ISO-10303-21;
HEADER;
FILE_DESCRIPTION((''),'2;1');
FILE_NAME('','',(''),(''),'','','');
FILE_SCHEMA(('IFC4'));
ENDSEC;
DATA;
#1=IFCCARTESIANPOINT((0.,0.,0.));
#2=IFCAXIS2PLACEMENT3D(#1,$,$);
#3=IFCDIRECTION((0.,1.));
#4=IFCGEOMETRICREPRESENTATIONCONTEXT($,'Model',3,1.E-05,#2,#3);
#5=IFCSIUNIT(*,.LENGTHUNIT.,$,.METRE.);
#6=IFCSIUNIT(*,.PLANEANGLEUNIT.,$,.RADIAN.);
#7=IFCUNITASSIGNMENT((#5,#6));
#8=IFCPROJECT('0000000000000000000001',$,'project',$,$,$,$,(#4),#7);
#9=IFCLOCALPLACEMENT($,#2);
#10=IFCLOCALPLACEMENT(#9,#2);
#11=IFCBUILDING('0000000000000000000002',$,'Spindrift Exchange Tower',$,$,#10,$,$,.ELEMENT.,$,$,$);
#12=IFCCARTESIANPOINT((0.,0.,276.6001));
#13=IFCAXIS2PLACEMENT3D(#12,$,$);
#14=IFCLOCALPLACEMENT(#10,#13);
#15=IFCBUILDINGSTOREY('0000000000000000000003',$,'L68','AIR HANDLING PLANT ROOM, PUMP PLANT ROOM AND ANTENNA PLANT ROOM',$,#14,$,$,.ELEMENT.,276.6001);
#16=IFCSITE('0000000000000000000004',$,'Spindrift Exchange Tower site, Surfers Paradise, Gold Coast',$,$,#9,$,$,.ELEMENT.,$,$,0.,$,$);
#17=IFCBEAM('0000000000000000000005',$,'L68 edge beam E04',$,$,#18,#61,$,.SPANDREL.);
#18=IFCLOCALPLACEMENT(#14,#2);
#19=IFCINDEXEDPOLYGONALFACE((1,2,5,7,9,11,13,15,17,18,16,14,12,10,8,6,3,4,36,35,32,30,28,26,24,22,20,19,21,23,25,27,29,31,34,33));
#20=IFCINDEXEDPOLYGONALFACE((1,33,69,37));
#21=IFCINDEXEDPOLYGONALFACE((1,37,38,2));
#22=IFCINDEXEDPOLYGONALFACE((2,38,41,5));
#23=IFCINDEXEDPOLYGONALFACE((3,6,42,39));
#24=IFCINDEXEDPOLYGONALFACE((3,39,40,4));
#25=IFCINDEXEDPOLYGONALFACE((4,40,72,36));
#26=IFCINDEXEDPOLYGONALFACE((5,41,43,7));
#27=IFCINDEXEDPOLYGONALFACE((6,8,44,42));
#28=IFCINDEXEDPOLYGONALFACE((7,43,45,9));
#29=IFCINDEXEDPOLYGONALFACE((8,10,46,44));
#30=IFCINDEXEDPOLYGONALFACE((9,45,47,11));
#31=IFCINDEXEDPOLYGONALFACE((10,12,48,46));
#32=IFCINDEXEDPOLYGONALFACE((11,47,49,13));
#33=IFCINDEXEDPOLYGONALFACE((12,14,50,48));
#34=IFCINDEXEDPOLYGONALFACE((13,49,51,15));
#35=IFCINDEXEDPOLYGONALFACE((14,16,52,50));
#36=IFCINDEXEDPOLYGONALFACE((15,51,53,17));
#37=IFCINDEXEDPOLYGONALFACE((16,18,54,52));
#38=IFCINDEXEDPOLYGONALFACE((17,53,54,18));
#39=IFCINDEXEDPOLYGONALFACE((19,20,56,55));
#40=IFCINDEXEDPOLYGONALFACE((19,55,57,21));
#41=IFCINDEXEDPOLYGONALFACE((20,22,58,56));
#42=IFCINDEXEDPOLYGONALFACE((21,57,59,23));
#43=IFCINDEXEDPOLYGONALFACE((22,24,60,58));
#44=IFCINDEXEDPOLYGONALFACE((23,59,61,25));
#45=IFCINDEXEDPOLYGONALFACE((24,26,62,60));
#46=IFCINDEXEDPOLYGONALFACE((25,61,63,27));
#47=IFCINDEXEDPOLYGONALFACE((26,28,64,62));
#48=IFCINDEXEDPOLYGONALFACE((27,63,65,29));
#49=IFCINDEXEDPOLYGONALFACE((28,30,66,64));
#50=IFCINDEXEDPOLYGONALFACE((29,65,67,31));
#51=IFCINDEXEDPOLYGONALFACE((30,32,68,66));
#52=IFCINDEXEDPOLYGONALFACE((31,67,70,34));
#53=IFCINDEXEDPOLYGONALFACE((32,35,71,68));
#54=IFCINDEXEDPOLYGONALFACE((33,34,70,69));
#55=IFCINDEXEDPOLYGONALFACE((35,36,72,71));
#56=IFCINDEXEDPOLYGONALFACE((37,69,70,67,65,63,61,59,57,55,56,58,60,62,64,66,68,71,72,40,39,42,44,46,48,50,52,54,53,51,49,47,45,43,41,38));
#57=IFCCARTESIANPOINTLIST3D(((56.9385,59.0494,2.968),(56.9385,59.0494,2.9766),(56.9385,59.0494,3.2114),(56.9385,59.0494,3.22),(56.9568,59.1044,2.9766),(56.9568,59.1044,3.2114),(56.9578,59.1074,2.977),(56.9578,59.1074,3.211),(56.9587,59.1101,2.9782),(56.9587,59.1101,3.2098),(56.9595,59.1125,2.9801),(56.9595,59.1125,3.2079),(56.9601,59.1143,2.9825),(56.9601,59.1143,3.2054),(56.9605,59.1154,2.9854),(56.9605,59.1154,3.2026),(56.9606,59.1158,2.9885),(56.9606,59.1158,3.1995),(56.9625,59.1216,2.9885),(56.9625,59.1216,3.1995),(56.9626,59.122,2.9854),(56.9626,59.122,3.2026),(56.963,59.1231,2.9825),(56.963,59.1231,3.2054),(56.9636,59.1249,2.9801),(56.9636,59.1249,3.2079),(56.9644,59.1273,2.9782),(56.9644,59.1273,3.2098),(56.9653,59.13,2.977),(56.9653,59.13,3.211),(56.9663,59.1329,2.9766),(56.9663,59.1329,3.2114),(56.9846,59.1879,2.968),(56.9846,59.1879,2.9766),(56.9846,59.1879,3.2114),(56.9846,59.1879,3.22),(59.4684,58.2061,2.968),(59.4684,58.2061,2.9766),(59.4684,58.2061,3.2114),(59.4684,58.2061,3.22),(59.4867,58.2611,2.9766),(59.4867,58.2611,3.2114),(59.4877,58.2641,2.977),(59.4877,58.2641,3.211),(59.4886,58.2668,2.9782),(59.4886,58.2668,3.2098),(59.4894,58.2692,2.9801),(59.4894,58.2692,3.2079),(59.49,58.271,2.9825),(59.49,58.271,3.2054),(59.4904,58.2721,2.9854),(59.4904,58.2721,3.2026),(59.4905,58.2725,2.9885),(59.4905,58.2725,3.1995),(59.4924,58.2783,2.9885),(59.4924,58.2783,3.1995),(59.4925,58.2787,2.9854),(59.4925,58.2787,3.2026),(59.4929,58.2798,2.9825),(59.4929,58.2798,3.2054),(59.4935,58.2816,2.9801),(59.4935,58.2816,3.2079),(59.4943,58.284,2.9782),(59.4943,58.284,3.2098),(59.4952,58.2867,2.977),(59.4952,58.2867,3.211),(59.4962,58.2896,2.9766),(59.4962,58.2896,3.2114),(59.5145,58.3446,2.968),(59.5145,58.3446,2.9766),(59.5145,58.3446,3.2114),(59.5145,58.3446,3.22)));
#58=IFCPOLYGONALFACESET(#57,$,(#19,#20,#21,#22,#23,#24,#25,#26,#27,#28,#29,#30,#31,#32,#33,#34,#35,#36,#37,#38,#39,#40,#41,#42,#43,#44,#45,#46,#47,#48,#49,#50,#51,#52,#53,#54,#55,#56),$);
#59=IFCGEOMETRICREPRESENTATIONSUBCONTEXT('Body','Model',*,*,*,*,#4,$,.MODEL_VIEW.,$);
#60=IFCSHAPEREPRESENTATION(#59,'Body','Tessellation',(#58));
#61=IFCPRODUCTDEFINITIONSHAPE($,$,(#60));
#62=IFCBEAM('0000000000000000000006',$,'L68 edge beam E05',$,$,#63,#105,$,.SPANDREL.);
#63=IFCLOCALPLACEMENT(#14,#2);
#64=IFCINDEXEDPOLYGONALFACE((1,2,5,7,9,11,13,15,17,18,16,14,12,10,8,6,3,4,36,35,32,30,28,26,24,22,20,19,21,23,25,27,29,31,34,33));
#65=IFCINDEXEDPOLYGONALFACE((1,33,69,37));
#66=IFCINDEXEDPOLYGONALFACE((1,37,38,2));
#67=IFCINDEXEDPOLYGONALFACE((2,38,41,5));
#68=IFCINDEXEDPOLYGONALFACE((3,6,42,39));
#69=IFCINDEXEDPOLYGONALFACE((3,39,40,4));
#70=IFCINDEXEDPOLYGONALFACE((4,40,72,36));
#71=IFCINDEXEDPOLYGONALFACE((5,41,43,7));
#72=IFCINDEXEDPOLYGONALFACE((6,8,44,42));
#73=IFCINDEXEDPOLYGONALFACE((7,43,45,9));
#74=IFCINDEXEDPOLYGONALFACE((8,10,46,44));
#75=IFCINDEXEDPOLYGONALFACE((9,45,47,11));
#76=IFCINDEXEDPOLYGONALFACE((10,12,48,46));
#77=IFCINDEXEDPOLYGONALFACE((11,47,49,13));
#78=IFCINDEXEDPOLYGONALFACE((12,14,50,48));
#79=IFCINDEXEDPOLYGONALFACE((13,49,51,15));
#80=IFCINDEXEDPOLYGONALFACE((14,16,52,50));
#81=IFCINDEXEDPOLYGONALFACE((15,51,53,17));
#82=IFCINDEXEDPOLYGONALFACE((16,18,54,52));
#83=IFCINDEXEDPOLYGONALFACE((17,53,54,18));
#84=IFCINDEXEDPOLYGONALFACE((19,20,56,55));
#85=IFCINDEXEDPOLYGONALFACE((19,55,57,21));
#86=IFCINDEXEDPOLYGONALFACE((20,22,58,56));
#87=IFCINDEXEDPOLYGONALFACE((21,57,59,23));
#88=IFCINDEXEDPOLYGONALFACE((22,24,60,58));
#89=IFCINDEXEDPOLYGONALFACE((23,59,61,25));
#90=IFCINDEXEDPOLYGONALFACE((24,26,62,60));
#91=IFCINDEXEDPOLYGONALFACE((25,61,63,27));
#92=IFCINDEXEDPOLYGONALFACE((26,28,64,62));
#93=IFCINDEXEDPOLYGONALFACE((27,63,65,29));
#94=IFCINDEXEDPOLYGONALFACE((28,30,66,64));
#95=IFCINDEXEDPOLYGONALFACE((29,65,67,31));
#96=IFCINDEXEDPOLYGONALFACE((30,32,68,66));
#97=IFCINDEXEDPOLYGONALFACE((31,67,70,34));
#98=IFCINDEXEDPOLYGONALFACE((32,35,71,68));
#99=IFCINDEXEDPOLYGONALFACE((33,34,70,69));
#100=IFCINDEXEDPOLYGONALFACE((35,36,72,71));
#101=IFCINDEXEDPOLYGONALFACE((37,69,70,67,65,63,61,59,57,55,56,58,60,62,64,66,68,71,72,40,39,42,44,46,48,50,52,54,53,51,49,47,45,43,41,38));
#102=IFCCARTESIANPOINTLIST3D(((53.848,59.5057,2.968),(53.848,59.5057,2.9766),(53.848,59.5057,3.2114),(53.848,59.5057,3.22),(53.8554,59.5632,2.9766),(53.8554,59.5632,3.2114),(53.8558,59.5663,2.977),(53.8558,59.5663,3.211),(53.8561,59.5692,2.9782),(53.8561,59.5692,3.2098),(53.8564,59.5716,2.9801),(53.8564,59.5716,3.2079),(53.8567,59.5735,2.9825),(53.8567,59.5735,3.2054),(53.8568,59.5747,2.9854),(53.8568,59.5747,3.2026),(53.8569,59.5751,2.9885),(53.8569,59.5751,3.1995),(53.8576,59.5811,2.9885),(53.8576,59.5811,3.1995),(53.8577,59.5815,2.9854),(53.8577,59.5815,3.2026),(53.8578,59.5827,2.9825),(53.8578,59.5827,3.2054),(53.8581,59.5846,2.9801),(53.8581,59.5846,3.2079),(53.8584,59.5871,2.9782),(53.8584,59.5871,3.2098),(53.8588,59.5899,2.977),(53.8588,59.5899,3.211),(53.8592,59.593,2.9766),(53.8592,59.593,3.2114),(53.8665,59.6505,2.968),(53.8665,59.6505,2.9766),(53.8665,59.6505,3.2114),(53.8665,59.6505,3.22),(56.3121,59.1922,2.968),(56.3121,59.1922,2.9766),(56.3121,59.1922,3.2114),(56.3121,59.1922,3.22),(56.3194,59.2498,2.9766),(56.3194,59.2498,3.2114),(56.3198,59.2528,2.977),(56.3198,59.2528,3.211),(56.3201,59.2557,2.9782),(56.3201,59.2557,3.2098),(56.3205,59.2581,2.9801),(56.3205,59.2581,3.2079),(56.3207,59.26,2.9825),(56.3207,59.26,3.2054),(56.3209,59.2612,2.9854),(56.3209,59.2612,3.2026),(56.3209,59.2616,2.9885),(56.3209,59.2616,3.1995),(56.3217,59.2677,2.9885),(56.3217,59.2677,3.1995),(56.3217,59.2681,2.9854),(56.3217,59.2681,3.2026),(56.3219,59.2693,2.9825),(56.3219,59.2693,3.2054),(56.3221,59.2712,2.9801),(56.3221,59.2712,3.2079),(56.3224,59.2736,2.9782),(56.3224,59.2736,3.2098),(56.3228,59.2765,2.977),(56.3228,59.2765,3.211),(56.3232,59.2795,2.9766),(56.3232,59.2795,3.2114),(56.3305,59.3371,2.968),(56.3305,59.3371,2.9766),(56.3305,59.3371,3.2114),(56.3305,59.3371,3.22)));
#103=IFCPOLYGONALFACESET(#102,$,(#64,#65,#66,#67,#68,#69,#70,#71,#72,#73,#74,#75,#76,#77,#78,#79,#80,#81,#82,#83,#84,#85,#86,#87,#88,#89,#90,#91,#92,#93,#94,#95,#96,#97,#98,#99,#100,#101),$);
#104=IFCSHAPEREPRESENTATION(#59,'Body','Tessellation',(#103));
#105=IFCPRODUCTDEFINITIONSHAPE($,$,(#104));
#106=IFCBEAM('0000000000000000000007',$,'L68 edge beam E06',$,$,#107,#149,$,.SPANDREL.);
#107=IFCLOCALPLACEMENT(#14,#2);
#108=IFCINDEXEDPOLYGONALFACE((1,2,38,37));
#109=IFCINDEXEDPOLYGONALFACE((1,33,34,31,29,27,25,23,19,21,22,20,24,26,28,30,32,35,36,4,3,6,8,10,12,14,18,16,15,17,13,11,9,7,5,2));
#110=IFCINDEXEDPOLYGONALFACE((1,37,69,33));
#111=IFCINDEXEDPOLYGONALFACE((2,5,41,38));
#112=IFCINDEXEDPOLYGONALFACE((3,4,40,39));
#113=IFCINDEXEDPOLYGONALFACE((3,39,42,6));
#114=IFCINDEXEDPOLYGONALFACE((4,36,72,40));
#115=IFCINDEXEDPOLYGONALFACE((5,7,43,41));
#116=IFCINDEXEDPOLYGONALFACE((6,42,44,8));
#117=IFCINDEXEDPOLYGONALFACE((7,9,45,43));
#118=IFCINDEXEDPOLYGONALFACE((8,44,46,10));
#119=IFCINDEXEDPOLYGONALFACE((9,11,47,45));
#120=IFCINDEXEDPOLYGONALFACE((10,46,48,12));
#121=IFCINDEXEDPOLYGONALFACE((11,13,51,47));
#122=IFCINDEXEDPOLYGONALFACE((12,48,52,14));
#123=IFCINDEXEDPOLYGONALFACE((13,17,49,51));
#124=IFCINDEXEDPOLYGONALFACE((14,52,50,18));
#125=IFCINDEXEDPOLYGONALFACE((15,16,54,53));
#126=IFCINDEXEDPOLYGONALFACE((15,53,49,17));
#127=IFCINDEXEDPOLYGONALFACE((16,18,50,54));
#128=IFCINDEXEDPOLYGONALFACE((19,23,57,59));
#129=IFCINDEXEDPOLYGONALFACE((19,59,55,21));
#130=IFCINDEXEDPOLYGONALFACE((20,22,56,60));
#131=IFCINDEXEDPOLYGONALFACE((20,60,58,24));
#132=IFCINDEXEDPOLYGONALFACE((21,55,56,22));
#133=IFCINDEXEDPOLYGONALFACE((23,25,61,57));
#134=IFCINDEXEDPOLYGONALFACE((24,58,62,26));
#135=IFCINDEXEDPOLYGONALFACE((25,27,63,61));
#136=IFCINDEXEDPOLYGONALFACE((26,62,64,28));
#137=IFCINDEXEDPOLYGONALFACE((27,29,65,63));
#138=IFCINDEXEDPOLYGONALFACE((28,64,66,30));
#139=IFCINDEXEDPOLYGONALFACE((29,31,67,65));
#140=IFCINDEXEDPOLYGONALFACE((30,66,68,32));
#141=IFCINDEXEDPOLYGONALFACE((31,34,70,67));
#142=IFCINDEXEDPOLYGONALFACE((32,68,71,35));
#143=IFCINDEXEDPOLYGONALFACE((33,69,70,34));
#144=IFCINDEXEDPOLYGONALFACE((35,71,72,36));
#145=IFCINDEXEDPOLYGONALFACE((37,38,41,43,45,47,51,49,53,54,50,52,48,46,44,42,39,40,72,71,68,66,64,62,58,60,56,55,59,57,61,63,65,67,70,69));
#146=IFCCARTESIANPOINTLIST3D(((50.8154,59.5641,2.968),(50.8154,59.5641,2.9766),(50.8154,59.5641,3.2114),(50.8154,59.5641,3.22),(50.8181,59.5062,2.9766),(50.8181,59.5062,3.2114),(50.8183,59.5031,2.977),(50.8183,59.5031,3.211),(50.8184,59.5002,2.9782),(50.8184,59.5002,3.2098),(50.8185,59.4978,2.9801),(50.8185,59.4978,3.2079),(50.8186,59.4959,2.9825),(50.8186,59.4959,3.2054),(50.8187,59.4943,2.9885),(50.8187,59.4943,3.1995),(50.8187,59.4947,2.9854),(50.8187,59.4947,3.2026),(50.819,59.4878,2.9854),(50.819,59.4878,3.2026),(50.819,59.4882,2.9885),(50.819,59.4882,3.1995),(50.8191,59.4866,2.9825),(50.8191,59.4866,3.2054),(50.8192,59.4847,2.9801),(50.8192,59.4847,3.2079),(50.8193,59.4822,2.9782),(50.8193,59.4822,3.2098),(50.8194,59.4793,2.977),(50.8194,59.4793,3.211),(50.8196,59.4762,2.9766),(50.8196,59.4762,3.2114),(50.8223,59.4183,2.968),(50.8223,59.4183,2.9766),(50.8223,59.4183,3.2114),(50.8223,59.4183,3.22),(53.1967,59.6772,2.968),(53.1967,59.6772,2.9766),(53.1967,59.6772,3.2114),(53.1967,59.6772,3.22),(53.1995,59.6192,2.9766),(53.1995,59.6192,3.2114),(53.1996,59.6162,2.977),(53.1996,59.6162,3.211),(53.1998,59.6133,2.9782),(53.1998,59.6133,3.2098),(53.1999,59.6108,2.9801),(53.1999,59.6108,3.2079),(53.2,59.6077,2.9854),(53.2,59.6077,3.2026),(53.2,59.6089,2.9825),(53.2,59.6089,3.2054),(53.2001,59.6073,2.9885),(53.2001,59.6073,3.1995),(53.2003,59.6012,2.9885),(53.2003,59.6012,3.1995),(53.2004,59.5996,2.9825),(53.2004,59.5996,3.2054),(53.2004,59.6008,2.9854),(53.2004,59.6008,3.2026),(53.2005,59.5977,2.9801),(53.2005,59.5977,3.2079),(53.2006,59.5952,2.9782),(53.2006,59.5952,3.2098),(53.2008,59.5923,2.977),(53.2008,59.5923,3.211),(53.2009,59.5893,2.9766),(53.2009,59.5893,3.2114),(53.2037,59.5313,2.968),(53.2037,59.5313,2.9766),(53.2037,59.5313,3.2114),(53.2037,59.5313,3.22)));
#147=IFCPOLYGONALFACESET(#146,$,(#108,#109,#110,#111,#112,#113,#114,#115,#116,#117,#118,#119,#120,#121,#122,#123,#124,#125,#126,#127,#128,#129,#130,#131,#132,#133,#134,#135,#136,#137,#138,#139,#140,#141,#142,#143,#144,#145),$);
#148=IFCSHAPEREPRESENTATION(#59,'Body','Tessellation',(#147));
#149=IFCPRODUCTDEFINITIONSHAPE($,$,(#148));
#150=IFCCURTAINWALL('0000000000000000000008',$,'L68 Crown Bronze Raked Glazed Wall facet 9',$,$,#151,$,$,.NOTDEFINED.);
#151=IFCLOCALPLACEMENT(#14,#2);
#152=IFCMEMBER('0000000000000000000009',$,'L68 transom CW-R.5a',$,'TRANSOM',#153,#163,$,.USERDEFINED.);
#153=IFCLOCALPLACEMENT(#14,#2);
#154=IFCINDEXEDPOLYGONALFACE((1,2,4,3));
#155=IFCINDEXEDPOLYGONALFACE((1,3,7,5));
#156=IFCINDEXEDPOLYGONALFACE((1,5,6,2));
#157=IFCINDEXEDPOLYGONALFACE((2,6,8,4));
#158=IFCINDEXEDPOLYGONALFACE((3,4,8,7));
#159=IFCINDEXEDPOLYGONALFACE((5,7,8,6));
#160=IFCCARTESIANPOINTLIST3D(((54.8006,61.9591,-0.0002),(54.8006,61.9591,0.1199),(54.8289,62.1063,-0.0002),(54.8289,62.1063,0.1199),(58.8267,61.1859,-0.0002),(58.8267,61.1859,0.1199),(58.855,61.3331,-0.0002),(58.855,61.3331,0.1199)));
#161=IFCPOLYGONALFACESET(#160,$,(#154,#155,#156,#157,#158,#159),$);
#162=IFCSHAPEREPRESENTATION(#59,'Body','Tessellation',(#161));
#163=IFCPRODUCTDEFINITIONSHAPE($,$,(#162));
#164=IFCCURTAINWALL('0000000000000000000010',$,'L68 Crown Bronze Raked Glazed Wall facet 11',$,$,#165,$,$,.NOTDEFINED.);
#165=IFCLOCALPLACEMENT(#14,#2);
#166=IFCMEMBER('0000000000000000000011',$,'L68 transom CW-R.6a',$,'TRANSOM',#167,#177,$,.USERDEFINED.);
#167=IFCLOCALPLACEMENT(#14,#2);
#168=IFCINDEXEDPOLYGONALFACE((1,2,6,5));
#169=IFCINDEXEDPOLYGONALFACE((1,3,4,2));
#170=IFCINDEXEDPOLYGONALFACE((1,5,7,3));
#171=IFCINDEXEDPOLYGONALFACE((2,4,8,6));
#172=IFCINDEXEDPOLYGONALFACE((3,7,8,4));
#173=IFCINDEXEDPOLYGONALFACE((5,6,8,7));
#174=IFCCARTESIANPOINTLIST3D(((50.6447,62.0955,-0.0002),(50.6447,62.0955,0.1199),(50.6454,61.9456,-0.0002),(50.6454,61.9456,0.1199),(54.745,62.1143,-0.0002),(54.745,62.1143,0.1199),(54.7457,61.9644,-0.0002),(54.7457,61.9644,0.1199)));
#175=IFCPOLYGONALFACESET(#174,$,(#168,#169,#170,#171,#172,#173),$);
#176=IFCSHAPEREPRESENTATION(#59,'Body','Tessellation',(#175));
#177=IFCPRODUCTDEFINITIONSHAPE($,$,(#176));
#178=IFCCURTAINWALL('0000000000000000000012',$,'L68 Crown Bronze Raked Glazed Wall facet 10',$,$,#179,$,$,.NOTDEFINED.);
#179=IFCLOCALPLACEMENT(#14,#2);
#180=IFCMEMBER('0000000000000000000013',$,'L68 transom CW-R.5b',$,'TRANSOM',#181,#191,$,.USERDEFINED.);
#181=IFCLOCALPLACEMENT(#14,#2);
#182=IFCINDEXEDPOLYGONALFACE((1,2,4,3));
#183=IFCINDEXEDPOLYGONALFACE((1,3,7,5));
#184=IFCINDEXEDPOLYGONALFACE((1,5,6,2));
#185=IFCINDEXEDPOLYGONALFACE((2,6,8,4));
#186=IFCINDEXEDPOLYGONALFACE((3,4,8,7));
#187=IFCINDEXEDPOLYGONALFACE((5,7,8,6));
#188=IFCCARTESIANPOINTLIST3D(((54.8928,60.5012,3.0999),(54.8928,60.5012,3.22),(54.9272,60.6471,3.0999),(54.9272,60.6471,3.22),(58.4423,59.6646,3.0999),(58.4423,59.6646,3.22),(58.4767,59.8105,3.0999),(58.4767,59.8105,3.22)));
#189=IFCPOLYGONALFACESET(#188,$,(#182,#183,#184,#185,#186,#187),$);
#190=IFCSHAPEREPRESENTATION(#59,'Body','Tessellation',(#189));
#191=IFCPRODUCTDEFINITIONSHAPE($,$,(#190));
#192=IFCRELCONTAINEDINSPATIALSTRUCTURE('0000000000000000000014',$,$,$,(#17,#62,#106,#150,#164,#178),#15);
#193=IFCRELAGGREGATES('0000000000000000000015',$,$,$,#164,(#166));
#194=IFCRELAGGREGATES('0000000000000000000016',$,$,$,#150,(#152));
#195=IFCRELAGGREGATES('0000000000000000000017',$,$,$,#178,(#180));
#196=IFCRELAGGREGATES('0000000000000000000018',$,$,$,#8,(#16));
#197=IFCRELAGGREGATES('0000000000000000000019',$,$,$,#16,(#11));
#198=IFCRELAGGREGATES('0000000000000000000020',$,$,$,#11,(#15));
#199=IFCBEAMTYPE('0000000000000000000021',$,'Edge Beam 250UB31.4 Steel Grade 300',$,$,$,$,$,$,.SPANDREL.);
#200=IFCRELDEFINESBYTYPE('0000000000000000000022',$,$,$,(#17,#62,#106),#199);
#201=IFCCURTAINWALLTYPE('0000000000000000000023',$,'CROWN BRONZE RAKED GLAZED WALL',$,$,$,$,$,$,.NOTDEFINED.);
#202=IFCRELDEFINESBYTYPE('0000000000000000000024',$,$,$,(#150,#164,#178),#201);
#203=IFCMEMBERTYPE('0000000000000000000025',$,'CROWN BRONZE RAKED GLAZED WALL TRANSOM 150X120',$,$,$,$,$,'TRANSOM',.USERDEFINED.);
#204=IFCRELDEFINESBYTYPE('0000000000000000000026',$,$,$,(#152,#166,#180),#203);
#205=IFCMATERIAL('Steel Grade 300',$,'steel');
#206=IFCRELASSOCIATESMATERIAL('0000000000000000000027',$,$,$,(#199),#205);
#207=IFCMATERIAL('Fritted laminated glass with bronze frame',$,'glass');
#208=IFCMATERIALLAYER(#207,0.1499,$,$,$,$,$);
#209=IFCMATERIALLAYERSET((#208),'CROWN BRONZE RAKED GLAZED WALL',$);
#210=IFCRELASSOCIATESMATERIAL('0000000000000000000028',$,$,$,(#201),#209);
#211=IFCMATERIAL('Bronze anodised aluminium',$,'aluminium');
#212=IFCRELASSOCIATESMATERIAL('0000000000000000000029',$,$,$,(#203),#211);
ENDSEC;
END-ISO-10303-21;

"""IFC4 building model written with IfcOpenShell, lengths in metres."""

from ifc_helpers import new_model, si_unit, direction, frame, origin, origin_2d, place, context, subcontext, project, spatial, rectangle, i_section, extrude, source, transform, mapped, material, layer, layer_set, material_profile, profile_set, type_object, element, aggregate, save


model = new_model("IFC4")

# Units and contexts
model_context = context("Model", 3, precision=1e-05, world=origin(), true_north=direction((0.0, 1.0)))
body_context = subcontext(model_context, "Body", "Model", "MODEL_VIEW")
ifc_project = project(units=[si_unit("LENGTHUNIT", "METRE"), si_unit("PLANEANGLEUNIT", "RADIAN")], contexts=[model_context])

# Site, building, storey
site_placement = place(None, origin())
site = spatial("IfcSite", under=ifc_project, at=site_placement, Name="Spindrift Exchange Tower site, Surfers Paradise, Gold Coast", CompositionType="ELEMENT", RefElevation=0.0)
building_placement = place(site_placement, origin())
building = spatial("IfcBuilding", under=site, at=building_placement, Name="Spindrift Exchange Tower", CompositionType="ELEMENT")
storey_placement = place(building_placement, frame((0.0, 0.0, 276.6001)))
storey = spatial("IfcBuildingStorey", under=building, at=storey_placement, Name="L68", Description="AIR HANDLING PLANT ROOM, PUMP PLANT ROOM AND ANTENNA PLANT ROOM", CompositionType="ELEMENT", Elevation=276.6001)

# Beams
ifc_material_1 = material(Name="Steel Grade 300", Category="steel")
ifc_material_profile_1 = material_profile(ifc_material_1, i_section(OverallWidth=0.146, OverallDepth=0.252, WebThickness=0.0061, FlangeThickness=0.0085, FilletRadius=0.012, at=origin_2d()), Name="250UB31.4")
ifc_profile_set_1 = profile_set([ifc_material_profile_1], Name="Steel Grade 300")
beam_type_1 = type_object("IfcBeamType", Name="Edge Beam 250UB31.4 Steel Grade 300", PredefinedType="SPANDREL", material=ifc_profile_set_1)
shared_shape_1 = source(origin(), body_context, "Body", "SweptSolid", [
    extrude(i_section(OverallWidth=0.146, OverallDepth=0.252, WebThickness=0.0061, FlangeThickness=0.0085, FilletRadius=0.012, at=origin_2d()), origin(), (0.0, 0.0, 1.0), 2.6667),
])
beam_1_placement = place(storey_placement, frame((59.4915, 58.2754, 3.094), z_axis=(-0.948683, 0.316228, 0.0), x_axis=(-0.316228, -0.948683, 0.0)))
element("IfcBeam", 1, at=beam_1_placement, inside=storey, type_object=beam_type_1, Name="L68 edge beam E04", PredefinedType="SPANDREL", context=body_context, shape_type="MappedRepresentation", body=[
    mapped(shared_shape_1, transform((0.0, 0.0, 0.0), scale=1.0)),
])
shared_shape_2 = source(origin(), body_context, "Body", "SweptSolid", [
    extrude(i_section(OverallWidth=0.146, OverallDepth=0.252, WebThickness=0.0061, FlangeThickness=0.0085, FilletRadius=0.012, at=origin_2d()), origin(), (0.0, 0.0, 1.0), 2.4839),
])
beam_2_placement = place(storey_placement, frame((56.3213, 59.2646, 3.094), z_axis=(-0.992005, 0.1262, 0.0), x_axis=(-0.1262, -0.992005, 0.0)))
element("IfcBeam", 2, at=beam_2_placement, inside=storey, type_object=beam_type_1, Name="L68 edge beam E05", PredefinedType="SPANDREL", context=body_context, shape_type="MappedRepresentation", body=[
    mapped(shared_shape_2, transform((0.0, 0.0, 0.0), scale=1.0)),
])
shared_shape_3 = source(origin(), body_context, "Body", "SweptSolid", [
    extrude(i_section(OverallWidth=0.146, OverallDepth=0.252, WebThickness=0.0061, FlangeThickness=0.0085, FilletRadius=0.012, at=origin_2d()), origin(), (0.0, 0.0, 1.0), 2.384),
])
beam_3_placement = place(storey_placement, frame((53.2002, 59.6042, 3.094), z_axis=(-0.998875, -0.047414, 0.0), x_axis=(0.047414, -0.998875, 0.0)))
element("IfcBeam", 3, at=beam_3_placement, inside=storey, type_object=beam_type_1, Name="L68 edge beam E06", PredefinedType="SPANDREL", context=body_context, shape_type="MappedRepresentation", body=[
    mapped(shared_shape_3, transform((0.0, 0.0, 0.0), scale=1.0)),
])

# Curtain walls, members
ifc_material_2 = material(Name="Fritted laminated glass with bronze frame", Category="glass")
ifc_layer_1 = layer(ifc_material_2, 0.1499)
ifc_layer_set_1 = layer_set([ifc_layer_1], Name="CROWN BRONZE RAKED GLAZED WALL")
curtain_wall_type = type_object("IfcCurtainWallType", Name="CROWN BRONZE RAKED GLAZED WALL", PredefinedType="NOTDEFINED", material=ifc_layer_set_1)
curtain_wall_1_placement = place(storey_placement, origin())
curtain_wall_1 = element("IfcCurtainWall", 4, at=curtain_wall_1_placement, inside=storey, type_object=curtain_wall_type, Name="L68 Crown Bronze Raked Glazed Wall facet 9", PredefinedType="NOTDEFINED")
ifc_material_3 = material(Name="Bronze anodised aluminium", Category="aluminium")
ifc_material_profile_2 = material_profile(ifc_material_3, rectangle(XDim=0.1499, YDim=0.1201, at=origin_2d()), Name="CROWN BRONZE RAKED GLAZED WALL TRANSOM 150X120")
ifc_profile_set_2 = profile_set([ifc_material_profile_2], Name="Bronze anodised aluminium")
member_type_1 = type_object("IfcMemberType", Name="CROWN BRONZE RAKED GLAZED WALL TRANSOM 150X120", ElementType="TRANSOM", PredefinedType="USERDEFINED", material=ifc_profile_set_2)
shared_shape_4 = source(origin(), body_context, "Body", "SweptSolid", [
    extrude(rectangle(XDim=0.1499, YDim=0.1201, at=origin_2d()), origin(), (0.0, 0.0, 1.0), 4.0996),
])
member_1_placement = place(storey_placement, frame((58.8408, 61.2595, 0.0598), z_axis=(-0.982054, 0.188598, 0.0), x_axis=(-0.188598, -0.982054, 0.0)))
member_1 = element("IfcMember", 5, at=member_1_placement, type_object=member_type_1, Name="L68 transom CW-R.5a", ObjectType="TRANSOM", PredefinedType="USERDEFINED", context=body_context, shape_type="MappedRepresentation", body=[
    mapped(shared_shape_4, transform((0.0, 0.0, 0.0), scale=1.0)),
])
curtain_wall_2_placement = place(storey_placement, origin())
curtain_wall_2 = element("IfcCurtainWall", 6, at=curtain_wall_2_placement, inside=storey, type_object=curtain_wall_type, Name="L68 Crown Bronze Raked Glazed Wall facet 11", PredefinedType="NOTDEFINED")
shared_shape_5 = source(origin(), body_context, "Body", "SweptSolid", [
    extrude(rectangle(XDim=0.1499, YDim=0.1201, at=origin_2d()), origin(), (0.0, 0.0, 1.0), 4.1003),
])
member_2_placement = place(storey_placement, frame((50.645, 62.0205, 0.0598), z_axis=(0.999989, 0.004585, 0.0), x_axis=(-0.004585, 0.999989, 0.0)))
member_2 = element("IfcMember", 7, at=member_2_placement, type_object=member_type_1, Name="L68 transom CW-R.6a", ObjectType="TRANSOM", PredefinedType="USERDEFINED", context=body_context, shape_type="MappedRepresentation", body=[
    mapped(shared_shape_5, transform((0.0, 0.0, 0.0), scale=1.0)),
])

# Curtain wall, member
curtain_wall_3_placement = place(storey_placement, origin())
curtain_wall_3 = element("IfcCurtainWall", 8, at=curtain_wall_3_placement, inside=storey, type_object=curtain_wall_type, Name="L68 Crown Bronze Raked Glazed Wall facet 10", PredefinedType="NOTDEFINED")
shared_shape_6 = source(origin(), body_context, "Body", "SweptSolid", [
    extrude(rectangle(XDim=0.1499, YDim=0.1201, at=origin_2d()), origin(), (0.0, 0.0, 1.0), 3.6467),
])
member_3_placement = place(storey_placement, frame((58.4595, 59.7375, 3.1599), z_axis=(-0.973327, 0.229424, 0.0), x_axis=(-0.229424, -0.973327, 0.0)))
member_3 = element("IfcMember", 9, at=member_3_placement, type_object=member_type_1, Name="L68 transom CW-R.5b", ObjectType="TRANSOM", PredefinedType="USERDEFINED", context=body_context, shape_type="MappedRepresentation", body=[
    mapped(shared_shape_6, transform((0.0, 0.0, 0.0), scale=1.0)),
])

aggregate(curtain_wall_2, [member_2])

aggregate(curtain_wall_1, [member_1])
aggregate(curtain_wall_3, [member_3])

save(model, "model.ifc")
